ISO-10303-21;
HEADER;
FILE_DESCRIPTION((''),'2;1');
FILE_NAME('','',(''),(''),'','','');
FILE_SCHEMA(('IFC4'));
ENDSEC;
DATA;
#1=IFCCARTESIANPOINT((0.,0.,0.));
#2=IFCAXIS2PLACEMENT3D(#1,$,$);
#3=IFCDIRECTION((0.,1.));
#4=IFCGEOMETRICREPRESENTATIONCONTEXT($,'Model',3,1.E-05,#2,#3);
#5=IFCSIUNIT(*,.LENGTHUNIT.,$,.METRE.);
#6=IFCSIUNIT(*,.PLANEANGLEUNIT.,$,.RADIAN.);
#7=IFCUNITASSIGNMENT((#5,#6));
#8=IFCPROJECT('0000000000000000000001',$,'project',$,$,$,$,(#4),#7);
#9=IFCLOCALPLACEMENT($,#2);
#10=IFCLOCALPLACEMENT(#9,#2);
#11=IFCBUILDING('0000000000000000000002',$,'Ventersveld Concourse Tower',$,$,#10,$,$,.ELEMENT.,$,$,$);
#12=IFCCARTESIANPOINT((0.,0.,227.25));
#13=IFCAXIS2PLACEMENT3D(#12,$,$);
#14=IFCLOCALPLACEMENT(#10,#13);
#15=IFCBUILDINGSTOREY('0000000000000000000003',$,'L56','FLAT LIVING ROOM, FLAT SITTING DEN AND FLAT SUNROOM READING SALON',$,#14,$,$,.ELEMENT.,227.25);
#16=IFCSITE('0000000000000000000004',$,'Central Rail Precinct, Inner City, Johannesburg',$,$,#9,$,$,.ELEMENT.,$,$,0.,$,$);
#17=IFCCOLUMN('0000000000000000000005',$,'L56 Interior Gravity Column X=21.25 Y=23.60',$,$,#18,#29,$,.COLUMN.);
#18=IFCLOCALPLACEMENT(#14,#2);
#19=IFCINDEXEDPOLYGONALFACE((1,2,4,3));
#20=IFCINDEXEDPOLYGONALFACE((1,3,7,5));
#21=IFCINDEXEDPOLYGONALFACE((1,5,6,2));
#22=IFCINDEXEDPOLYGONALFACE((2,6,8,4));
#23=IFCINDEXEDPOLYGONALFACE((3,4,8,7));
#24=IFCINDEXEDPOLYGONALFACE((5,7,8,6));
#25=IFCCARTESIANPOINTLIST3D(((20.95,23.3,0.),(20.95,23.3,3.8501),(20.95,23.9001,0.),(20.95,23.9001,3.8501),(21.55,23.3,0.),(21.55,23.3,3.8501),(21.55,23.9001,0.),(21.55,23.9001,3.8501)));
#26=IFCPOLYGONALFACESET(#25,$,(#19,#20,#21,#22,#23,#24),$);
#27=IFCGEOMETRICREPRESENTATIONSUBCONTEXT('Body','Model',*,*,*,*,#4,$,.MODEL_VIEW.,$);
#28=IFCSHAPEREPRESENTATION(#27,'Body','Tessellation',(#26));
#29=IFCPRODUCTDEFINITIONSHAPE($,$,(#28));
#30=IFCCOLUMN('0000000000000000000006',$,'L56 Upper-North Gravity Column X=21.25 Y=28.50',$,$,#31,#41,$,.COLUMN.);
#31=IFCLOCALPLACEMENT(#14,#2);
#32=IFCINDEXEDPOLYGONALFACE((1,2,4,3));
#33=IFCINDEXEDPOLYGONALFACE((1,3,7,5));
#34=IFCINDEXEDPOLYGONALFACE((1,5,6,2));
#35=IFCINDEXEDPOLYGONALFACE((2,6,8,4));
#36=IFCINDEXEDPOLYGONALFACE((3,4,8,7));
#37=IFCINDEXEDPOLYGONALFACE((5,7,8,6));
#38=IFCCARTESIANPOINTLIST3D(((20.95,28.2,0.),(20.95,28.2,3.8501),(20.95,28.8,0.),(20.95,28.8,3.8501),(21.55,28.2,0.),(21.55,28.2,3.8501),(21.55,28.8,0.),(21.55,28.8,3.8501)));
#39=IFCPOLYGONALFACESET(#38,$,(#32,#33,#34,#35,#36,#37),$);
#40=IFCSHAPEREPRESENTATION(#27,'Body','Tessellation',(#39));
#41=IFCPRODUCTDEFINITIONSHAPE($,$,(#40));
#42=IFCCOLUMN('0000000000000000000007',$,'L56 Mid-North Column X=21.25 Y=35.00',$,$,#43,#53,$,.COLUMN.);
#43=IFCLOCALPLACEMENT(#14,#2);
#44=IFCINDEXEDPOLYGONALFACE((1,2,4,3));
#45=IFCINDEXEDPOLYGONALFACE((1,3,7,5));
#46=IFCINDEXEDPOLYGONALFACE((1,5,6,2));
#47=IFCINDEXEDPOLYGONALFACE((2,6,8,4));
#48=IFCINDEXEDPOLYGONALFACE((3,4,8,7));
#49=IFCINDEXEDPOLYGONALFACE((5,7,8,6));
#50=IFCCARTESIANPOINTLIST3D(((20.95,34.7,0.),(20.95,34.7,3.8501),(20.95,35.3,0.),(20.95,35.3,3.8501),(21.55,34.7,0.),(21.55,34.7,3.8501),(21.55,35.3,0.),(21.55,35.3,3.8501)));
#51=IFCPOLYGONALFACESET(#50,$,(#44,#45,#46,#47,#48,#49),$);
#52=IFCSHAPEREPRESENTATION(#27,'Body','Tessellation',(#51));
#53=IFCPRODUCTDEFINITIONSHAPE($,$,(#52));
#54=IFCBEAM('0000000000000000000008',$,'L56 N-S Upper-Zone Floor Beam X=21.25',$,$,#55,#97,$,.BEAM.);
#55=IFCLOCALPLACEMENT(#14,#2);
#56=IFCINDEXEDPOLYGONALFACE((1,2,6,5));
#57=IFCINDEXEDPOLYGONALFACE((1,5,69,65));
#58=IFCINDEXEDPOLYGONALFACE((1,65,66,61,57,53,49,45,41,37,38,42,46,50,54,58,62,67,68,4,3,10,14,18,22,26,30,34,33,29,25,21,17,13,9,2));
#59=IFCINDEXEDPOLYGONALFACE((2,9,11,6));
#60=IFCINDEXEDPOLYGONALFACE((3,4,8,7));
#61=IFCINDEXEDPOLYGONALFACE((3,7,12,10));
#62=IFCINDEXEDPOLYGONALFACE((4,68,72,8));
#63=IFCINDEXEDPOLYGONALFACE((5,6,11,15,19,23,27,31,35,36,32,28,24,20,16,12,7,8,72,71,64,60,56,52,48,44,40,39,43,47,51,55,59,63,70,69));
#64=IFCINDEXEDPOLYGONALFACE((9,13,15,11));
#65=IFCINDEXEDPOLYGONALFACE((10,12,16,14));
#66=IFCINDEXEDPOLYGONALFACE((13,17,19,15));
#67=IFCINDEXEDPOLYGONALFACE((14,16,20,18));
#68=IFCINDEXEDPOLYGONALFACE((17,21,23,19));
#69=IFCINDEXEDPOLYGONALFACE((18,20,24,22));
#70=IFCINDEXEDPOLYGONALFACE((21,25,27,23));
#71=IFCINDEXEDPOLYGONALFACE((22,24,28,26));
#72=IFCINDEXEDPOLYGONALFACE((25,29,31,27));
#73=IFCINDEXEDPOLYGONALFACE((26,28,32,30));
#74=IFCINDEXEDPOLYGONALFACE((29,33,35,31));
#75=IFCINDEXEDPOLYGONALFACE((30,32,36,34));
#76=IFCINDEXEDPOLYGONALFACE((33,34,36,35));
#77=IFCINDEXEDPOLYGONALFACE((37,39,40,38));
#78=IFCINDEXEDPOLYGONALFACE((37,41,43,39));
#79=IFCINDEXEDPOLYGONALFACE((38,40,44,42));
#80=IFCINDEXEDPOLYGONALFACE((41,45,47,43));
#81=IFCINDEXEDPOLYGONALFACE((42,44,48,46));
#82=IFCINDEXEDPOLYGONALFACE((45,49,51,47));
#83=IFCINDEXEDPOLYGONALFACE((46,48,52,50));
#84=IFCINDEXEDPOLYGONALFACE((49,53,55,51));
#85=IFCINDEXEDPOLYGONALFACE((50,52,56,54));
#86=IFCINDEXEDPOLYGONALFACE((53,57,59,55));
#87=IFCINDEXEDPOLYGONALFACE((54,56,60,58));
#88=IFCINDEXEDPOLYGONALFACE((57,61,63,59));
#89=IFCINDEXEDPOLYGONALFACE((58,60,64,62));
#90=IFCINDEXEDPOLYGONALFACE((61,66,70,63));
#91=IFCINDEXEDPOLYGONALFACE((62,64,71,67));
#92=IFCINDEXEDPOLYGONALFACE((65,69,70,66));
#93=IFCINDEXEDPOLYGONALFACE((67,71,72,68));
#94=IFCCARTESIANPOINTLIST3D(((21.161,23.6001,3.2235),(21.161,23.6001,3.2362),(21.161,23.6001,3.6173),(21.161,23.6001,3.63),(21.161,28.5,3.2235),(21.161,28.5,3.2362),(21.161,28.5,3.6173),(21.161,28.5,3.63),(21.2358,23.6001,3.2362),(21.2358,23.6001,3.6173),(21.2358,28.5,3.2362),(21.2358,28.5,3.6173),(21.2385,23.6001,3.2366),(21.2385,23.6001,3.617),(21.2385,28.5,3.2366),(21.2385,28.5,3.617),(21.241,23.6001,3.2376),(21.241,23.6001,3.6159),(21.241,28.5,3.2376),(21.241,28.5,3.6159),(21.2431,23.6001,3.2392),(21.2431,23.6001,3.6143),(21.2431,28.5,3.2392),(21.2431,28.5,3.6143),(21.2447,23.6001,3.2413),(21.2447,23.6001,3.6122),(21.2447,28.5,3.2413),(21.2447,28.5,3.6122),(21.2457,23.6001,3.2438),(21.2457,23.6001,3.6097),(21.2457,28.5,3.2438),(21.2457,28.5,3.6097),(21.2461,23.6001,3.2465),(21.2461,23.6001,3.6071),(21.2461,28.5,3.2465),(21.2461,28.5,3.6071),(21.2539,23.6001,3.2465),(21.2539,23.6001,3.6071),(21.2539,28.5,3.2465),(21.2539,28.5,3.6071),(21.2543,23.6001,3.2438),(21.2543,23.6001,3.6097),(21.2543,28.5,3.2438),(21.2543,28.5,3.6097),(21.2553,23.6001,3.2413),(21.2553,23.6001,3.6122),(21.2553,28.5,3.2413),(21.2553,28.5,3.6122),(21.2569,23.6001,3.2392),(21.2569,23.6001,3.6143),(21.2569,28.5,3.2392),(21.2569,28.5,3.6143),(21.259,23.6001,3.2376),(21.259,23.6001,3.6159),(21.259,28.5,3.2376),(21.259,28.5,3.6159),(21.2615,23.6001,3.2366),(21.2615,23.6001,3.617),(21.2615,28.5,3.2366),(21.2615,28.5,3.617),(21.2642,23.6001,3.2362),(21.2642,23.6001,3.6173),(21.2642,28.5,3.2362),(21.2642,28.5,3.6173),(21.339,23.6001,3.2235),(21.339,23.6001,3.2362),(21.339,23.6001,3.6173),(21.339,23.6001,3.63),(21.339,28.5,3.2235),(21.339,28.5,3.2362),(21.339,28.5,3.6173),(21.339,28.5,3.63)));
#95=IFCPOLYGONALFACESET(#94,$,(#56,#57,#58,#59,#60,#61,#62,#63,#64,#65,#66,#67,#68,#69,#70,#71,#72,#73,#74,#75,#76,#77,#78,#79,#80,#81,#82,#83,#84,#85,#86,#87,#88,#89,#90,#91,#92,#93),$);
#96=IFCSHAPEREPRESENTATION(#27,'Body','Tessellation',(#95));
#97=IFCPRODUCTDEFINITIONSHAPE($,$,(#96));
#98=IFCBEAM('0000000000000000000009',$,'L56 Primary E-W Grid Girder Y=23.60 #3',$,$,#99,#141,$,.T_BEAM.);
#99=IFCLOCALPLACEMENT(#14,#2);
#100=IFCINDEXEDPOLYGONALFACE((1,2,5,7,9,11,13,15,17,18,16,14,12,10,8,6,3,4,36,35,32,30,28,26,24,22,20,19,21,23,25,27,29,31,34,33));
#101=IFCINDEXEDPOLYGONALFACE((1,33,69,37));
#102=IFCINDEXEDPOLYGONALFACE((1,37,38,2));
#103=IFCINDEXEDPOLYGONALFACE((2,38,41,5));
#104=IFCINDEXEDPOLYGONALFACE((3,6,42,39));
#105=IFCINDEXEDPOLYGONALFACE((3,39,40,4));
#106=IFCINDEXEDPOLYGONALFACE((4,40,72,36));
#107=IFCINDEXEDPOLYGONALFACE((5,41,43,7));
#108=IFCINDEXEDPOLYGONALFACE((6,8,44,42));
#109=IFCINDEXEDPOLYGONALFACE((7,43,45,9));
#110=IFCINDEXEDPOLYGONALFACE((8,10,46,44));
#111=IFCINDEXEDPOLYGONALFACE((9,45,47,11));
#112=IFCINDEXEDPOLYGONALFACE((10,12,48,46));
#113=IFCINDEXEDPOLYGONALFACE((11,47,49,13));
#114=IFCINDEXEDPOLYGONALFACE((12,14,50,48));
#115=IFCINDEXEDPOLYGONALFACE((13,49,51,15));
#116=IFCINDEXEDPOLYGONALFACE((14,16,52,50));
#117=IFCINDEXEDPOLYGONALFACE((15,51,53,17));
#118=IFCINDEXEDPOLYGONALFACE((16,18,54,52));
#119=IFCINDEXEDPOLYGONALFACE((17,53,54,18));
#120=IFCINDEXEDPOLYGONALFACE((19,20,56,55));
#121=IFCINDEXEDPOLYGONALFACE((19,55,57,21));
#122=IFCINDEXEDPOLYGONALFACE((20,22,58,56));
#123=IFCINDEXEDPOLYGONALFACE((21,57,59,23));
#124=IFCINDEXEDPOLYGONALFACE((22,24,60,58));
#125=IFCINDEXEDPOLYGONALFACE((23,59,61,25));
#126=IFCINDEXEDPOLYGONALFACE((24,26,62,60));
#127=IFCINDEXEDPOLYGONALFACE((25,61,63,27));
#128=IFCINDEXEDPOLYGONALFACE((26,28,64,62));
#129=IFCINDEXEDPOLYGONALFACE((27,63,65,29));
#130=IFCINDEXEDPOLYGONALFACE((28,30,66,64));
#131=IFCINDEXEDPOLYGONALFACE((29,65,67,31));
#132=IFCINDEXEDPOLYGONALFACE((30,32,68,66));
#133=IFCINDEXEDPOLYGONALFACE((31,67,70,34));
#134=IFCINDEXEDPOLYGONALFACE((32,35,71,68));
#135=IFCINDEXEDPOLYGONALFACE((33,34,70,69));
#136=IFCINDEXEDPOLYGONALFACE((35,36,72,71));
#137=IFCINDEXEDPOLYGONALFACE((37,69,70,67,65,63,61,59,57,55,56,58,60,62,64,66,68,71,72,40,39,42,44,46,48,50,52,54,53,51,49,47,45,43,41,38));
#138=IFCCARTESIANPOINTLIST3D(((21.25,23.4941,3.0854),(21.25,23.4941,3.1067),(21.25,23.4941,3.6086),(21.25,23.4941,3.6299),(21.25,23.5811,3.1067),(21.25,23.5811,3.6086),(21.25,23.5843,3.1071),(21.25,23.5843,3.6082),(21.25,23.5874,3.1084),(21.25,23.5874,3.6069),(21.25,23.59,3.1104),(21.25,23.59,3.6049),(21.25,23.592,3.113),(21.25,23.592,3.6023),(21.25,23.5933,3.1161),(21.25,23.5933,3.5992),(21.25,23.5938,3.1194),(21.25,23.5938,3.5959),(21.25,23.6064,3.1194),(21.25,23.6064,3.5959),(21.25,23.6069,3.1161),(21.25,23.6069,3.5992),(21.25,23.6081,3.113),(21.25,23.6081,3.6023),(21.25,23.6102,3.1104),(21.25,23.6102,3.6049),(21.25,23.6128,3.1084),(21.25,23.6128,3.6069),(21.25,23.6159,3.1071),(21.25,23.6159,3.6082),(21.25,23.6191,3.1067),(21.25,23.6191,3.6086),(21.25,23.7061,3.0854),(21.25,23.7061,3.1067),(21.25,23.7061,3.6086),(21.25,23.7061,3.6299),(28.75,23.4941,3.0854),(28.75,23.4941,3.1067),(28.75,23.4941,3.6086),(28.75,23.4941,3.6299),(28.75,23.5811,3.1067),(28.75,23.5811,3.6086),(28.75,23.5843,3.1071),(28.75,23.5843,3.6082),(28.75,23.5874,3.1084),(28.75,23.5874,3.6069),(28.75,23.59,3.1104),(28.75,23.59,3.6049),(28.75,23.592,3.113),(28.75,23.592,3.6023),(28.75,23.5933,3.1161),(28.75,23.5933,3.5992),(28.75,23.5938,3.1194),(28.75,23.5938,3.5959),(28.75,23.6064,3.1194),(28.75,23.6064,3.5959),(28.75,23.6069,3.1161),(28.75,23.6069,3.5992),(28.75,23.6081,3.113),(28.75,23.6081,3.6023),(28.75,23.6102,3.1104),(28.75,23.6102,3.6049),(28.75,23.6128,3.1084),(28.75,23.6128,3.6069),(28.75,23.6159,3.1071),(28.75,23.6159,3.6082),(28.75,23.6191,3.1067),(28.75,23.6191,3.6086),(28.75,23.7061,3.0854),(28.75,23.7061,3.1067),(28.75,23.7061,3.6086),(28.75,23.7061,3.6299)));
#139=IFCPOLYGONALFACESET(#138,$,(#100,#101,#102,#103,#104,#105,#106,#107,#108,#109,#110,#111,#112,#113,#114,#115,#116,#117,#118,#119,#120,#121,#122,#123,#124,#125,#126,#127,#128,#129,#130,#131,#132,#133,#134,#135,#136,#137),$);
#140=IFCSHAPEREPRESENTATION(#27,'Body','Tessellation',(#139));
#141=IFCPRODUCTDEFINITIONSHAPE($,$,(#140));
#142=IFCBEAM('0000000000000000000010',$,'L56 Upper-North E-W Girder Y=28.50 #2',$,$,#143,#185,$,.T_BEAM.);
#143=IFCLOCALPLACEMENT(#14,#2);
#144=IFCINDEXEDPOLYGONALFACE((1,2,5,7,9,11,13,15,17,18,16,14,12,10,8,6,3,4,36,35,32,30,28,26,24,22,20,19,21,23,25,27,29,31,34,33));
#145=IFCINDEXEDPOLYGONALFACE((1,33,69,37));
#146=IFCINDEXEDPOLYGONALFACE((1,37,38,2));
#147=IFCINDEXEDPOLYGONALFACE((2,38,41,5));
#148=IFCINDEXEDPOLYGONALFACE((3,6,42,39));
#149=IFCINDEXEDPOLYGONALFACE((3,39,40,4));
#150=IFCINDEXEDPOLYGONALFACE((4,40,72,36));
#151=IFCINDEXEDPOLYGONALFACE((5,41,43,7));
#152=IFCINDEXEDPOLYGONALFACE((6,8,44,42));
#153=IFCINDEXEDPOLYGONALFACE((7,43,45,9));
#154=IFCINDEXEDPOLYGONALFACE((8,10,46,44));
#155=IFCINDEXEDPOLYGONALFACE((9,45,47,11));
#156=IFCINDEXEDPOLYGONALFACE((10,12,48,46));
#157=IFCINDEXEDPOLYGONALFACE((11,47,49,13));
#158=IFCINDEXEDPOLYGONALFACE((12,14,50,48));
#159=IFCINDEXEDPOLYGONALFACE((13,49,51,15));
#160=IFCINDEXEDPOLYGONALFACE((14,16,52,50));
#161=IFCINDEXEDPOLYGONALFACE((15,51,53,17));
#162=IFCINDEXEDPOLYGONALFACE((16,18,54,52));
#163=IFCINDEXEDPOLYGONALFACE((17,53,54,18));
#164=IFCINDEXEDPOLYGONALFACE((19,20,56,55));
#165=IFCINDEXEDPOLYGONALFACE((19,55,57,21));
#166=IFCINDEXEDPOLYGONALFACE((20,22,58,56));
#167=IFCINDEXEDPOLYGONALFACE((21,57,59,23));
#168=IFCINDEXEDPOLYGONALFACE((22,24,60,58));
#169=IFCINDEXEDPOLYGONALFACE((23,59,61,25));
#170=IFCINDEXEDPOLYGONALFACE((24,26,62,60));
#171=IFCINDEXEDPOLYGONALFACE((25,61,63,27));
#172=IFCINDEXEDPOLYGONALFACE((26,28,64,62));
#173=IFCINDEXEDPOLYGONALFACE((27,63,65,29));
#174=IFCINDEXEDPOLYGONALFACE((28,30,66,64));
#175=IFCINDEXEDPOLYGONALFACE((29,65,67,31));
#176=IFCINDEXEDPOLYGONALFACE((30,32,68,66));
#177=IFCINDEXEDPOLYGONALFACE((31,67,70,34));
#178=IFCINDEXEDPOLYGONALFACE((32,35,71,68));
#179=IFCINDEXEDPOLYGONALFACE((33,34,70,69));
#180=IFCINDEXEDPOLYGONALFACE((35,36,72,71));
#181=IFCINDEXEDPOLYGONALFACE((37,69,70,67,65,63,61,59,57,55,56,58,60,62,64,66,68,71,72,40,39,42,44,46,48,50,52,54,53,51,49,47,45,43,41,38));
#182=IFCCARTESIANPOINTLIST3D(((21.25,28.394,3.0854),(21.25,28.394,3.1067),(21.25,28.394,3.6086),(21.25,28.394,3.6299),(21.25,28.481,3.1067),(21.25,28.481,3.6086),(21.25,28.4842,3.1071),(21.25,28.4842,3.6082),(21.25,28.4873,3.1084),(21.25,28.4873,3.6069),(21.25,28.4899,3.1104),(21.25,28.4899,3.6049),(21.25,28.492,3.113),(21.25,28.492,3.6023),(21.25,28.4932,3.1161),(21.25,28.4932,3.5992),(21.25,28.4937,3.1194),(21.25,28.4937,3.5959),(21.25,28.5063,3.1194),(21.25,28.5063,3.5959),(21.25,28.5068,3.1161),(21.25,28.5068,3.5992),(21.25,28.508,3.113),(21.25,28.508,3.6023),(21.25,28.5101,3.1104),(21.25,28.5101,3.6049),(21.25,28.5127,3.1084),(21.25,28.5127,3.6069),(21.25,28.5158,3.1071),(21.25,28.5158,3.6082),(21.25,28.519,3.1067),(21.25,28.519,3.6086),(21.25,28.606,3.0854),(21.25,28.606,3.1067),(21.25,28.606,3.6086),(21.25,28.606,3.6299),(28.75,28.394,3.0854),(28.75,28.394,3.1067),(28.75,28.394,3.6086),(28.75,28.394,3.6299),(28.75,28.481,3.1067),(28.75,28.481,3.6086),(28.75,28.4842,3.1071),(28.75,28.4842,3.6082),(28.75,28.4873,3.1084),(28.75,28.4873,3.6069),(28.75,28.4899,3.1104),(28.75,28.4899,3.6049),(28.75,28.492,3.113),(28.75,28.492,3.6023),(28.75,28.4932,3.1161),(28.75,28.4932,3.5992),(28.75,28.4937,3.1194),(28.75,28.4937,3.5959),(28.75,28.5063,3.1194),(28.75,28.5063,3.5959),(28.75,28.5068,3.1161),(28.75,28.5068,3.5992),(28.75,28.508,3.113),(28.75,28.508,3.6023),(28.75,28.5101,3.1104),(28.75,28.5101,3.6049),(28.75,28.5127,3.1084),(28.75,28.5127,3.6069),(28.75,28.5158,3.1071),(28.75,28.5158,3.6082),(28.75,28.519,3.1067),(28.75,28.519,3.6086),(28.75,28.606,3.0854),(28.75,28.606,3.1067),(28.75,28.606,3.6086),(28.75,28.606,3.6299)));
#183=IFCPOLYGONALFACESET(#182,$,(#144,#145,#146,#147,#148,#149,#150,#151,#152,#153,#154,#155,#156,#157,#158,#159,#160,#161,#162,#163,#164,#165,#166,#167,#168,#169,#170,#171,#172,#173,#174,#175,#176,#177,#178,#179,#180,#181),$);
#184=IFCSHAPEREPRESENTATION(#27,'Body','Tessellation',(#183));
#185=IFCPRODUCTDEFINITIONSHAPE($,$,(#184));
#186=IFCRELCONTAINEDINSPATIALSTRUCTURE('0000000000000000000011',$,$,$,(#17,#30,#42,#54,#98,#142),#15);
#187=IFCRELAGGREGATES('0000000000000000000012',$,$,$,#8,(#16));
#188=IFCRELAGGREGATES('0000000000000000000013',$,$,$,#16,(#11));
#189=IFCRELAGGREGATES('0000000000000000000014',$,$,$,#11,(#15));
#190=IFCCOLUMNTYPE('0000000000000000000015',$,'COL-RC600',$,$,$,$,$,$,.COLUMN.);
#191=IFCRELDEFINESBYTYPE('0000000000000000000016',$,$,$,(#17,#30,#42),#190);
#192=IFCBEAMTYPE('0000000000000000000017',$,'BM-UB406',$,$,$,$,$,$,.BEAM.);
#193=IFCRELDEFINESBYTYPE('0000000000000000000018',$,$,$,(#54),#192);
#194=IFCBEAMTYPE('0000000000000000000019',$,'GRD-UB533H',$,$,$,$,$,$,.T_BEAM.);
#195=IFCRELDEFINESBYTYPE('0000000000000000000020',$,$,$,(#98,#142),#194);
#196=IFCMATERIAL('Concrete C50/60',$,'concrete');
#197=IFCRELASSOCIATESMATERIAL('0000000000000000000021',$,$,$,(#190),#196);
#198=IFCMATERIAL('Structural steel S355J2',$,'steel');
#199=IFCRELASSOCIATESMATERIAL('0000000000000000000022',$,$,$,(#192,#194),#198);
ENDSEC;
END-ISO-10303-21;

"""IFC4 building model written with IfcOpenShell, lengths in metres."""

from ifc_helpers import new_model, si_unit, direction, frame, origin, origin_2d, place, context, subcontext, project, spatial, rectangle, i_section, extrude, material, material_profile, profile_set, type_object, element, save


model = new_model("IFC4")

# Units and contexts
model_context = context("Model", 3, precision=1e-05, world=origin(), true_north=direction((0.0, 1.0)))
body_context = subcontext(model_context, "Body", "Model", "MODEL_VIEW")
ifc_project = project(units=[si_unit("LENGTHUNIT", "METRE"), si_unit("PLANEANGLEUNIT", "RADIAN")], contexts=[model_context])

# Site, building, storey
site_placement = place(None, origin())
site = spatial("IfcSite", under=ifc_project, at=site_placement, Name="Central Rail Precinct, Inner City, Johannesburg", CompositionType="ELEMENT", RefElevation=0.0)
building_placement = place(site_placement, origin())
building = spatial("IfcBuilding", under=site, at=building_placement, Name="Ventersveld Concourse Tower", CompositionType="ELEMENT")
storey_placement = place(building_placement, frame((0.0, 0.0, 227.25)))
storey = spatial("IfcBuildingStorey", under=building, at=storey_placement, Name="L56", Description="FLAT LIVING ROOM, FLAT SITTING DEN AND FLAT SUNROOM READING SALON", CompositionType="ELEMENT", Elevation=227.25)

# Columns
ifc_material_1 = material(Name="Concrete C50/60", Category="concrete")
ifc_material_profile_1 = material_profile(ifc_material_1, rectangle(XDim=0.6001, YDim=0.6001, at=origin_2d()), Name="RC 600x600")
ifc_profile_set_1 = profile_set([ifc_material_profile_1], Name="Concrete C50/60")
column_type = type_object("IfcColumnType", Name="COL-RC600", PredefinedType="COLUMN", material=ifc_profile_set_1)
for number, where, z_axis, x_axis, name in (
    (1, (21.25, 23.6001, 0.0), (0.0, 0.0, 1.0), (1.0, 0.0, 0.0), "L56 Interior Gravity Column X=21.25 Y=23.60"),
    (2, (21.25, 28.5, 0.0), (0.0, 0.0, 1.0), (1.0, 0.0, 0.0), "L56 Upper-North Gravity Column X=21.25 Y=28.50"),
    (3, (21.25, 35.0, 0.0), (0.0, 0.0, 1.0), (1.0, 0.0, 0.0), "L56 Mid-North Column X=21.25 Y=35.00"),
):
    element("IfcColumn", number, at=place(storey_placement, frame(where, z_axis=z_axis, x_axis=x_axis)), inside=storey, type_object=column_type, Name=name, PredefinedType="COLUMN", context=body_context, shape_type="SweptSolid", body=[
        extrude(rectangle(XDim=0.6001, YDim=0.6001, at=origin_2d()), origin(), (0.0, 0.0, 1.0), 3.8501),
    ])

# Beams
ifc_material_2 = material(Name="Structural steel S355J2", Category="steel")
ifc_material_profile_2 = material_profile(ifc_material_2, i_section(OverallWidth=0.178, OverallDepth=0.4065, WebThickness=0.0078, FlangeThickness=0.0127, FilletRadius=0.0103, at=origin_2d()), Name="UB 406x178x60")
ifc_profile_set_2 = profile_set([ifc_material_profile_2], Name="Structural steel S355J2")
beam_type_1 = type_object("IfcBeamType", Name="BM-UB406", PredefinedType="BEAM", material=ifc_profile_set_2)
beam_placement = place(storey_placement, frame((21.25, 23.6001, 3.4268), z_axis=(0.0, 1.0, 0.0), x_axis=(-1.0, 0.0, 0.0)))
element("IfcBeam", 4, at=beam_placement, inside=storey, type_object=beam_type_1, Name="L56 N-S Upper-Zone Floor Beam X=21.25", PredefinedType="BEAM", context=body_context, shape_type="SweptSolid", body=[
    extrude(i_section(OverallWidth=0.178, OverallDepth=0.4065, WebThickness=0.0078, FlangeThickness=0.0127, FilletRadius=0.0103, at=origin_2d()), origin(), (0.0, 0.0, 1.0), 4.8999),
])
ifc_material_profile_3 = material_profile(ifc_material_2, i_section(OverallWidth=0.2119, OverallDepth=0.5444, WebThickness=0.0127, FlangeThickness=0.0212, FilletRadius=0.0127, at=origin_2d()), Name="UB 533x210x122")
ifc_profile_set_3 = profile_set([ifc_material_profile_3], Name="Structural steel S355J2")
beam_type_2 = type_object("IfcBeamType", Name="GRD-UB533H", PredefinedType="T_BEAM", material=ifc_profile_set_3)
for number, where, z_axis, x_axis, name in (
    (5, (21.25, 23.6001, 3.3577), (1.0, 0.0, 0.0), (0.0, 1.0, 0.0), "L56 Primary E-W Grid Girder Y=23.60 #3"),
    (6, (21.25, 28.5, 3.3577), (1.0, 0.0, 0.0), (0.0, 1.0, 0.0), "L56 Upper-North E-W Girder Y=28.50 #2"),
):
    element("IfcBeam", number, at=place(storey_placement, frame(where, z_axis=z_axis, x_axis=x_axis)), inside=storey, type_object=beam_type_2, Name=name, PredefinedType="T_BEAM", context=body_context, shape_type="SweptSolid", body=[
        extrude(i_section(OverallWidth=0.2119, OverallDepth=0.5444, WebThickness=0.0127, FlangeThickness=0.0212, FilletRadius=0.0127, at=origin_2d()), origin(), (0.0, 0.0, 1.0), 7.5),
    ])

save(model, "model.ifc")
